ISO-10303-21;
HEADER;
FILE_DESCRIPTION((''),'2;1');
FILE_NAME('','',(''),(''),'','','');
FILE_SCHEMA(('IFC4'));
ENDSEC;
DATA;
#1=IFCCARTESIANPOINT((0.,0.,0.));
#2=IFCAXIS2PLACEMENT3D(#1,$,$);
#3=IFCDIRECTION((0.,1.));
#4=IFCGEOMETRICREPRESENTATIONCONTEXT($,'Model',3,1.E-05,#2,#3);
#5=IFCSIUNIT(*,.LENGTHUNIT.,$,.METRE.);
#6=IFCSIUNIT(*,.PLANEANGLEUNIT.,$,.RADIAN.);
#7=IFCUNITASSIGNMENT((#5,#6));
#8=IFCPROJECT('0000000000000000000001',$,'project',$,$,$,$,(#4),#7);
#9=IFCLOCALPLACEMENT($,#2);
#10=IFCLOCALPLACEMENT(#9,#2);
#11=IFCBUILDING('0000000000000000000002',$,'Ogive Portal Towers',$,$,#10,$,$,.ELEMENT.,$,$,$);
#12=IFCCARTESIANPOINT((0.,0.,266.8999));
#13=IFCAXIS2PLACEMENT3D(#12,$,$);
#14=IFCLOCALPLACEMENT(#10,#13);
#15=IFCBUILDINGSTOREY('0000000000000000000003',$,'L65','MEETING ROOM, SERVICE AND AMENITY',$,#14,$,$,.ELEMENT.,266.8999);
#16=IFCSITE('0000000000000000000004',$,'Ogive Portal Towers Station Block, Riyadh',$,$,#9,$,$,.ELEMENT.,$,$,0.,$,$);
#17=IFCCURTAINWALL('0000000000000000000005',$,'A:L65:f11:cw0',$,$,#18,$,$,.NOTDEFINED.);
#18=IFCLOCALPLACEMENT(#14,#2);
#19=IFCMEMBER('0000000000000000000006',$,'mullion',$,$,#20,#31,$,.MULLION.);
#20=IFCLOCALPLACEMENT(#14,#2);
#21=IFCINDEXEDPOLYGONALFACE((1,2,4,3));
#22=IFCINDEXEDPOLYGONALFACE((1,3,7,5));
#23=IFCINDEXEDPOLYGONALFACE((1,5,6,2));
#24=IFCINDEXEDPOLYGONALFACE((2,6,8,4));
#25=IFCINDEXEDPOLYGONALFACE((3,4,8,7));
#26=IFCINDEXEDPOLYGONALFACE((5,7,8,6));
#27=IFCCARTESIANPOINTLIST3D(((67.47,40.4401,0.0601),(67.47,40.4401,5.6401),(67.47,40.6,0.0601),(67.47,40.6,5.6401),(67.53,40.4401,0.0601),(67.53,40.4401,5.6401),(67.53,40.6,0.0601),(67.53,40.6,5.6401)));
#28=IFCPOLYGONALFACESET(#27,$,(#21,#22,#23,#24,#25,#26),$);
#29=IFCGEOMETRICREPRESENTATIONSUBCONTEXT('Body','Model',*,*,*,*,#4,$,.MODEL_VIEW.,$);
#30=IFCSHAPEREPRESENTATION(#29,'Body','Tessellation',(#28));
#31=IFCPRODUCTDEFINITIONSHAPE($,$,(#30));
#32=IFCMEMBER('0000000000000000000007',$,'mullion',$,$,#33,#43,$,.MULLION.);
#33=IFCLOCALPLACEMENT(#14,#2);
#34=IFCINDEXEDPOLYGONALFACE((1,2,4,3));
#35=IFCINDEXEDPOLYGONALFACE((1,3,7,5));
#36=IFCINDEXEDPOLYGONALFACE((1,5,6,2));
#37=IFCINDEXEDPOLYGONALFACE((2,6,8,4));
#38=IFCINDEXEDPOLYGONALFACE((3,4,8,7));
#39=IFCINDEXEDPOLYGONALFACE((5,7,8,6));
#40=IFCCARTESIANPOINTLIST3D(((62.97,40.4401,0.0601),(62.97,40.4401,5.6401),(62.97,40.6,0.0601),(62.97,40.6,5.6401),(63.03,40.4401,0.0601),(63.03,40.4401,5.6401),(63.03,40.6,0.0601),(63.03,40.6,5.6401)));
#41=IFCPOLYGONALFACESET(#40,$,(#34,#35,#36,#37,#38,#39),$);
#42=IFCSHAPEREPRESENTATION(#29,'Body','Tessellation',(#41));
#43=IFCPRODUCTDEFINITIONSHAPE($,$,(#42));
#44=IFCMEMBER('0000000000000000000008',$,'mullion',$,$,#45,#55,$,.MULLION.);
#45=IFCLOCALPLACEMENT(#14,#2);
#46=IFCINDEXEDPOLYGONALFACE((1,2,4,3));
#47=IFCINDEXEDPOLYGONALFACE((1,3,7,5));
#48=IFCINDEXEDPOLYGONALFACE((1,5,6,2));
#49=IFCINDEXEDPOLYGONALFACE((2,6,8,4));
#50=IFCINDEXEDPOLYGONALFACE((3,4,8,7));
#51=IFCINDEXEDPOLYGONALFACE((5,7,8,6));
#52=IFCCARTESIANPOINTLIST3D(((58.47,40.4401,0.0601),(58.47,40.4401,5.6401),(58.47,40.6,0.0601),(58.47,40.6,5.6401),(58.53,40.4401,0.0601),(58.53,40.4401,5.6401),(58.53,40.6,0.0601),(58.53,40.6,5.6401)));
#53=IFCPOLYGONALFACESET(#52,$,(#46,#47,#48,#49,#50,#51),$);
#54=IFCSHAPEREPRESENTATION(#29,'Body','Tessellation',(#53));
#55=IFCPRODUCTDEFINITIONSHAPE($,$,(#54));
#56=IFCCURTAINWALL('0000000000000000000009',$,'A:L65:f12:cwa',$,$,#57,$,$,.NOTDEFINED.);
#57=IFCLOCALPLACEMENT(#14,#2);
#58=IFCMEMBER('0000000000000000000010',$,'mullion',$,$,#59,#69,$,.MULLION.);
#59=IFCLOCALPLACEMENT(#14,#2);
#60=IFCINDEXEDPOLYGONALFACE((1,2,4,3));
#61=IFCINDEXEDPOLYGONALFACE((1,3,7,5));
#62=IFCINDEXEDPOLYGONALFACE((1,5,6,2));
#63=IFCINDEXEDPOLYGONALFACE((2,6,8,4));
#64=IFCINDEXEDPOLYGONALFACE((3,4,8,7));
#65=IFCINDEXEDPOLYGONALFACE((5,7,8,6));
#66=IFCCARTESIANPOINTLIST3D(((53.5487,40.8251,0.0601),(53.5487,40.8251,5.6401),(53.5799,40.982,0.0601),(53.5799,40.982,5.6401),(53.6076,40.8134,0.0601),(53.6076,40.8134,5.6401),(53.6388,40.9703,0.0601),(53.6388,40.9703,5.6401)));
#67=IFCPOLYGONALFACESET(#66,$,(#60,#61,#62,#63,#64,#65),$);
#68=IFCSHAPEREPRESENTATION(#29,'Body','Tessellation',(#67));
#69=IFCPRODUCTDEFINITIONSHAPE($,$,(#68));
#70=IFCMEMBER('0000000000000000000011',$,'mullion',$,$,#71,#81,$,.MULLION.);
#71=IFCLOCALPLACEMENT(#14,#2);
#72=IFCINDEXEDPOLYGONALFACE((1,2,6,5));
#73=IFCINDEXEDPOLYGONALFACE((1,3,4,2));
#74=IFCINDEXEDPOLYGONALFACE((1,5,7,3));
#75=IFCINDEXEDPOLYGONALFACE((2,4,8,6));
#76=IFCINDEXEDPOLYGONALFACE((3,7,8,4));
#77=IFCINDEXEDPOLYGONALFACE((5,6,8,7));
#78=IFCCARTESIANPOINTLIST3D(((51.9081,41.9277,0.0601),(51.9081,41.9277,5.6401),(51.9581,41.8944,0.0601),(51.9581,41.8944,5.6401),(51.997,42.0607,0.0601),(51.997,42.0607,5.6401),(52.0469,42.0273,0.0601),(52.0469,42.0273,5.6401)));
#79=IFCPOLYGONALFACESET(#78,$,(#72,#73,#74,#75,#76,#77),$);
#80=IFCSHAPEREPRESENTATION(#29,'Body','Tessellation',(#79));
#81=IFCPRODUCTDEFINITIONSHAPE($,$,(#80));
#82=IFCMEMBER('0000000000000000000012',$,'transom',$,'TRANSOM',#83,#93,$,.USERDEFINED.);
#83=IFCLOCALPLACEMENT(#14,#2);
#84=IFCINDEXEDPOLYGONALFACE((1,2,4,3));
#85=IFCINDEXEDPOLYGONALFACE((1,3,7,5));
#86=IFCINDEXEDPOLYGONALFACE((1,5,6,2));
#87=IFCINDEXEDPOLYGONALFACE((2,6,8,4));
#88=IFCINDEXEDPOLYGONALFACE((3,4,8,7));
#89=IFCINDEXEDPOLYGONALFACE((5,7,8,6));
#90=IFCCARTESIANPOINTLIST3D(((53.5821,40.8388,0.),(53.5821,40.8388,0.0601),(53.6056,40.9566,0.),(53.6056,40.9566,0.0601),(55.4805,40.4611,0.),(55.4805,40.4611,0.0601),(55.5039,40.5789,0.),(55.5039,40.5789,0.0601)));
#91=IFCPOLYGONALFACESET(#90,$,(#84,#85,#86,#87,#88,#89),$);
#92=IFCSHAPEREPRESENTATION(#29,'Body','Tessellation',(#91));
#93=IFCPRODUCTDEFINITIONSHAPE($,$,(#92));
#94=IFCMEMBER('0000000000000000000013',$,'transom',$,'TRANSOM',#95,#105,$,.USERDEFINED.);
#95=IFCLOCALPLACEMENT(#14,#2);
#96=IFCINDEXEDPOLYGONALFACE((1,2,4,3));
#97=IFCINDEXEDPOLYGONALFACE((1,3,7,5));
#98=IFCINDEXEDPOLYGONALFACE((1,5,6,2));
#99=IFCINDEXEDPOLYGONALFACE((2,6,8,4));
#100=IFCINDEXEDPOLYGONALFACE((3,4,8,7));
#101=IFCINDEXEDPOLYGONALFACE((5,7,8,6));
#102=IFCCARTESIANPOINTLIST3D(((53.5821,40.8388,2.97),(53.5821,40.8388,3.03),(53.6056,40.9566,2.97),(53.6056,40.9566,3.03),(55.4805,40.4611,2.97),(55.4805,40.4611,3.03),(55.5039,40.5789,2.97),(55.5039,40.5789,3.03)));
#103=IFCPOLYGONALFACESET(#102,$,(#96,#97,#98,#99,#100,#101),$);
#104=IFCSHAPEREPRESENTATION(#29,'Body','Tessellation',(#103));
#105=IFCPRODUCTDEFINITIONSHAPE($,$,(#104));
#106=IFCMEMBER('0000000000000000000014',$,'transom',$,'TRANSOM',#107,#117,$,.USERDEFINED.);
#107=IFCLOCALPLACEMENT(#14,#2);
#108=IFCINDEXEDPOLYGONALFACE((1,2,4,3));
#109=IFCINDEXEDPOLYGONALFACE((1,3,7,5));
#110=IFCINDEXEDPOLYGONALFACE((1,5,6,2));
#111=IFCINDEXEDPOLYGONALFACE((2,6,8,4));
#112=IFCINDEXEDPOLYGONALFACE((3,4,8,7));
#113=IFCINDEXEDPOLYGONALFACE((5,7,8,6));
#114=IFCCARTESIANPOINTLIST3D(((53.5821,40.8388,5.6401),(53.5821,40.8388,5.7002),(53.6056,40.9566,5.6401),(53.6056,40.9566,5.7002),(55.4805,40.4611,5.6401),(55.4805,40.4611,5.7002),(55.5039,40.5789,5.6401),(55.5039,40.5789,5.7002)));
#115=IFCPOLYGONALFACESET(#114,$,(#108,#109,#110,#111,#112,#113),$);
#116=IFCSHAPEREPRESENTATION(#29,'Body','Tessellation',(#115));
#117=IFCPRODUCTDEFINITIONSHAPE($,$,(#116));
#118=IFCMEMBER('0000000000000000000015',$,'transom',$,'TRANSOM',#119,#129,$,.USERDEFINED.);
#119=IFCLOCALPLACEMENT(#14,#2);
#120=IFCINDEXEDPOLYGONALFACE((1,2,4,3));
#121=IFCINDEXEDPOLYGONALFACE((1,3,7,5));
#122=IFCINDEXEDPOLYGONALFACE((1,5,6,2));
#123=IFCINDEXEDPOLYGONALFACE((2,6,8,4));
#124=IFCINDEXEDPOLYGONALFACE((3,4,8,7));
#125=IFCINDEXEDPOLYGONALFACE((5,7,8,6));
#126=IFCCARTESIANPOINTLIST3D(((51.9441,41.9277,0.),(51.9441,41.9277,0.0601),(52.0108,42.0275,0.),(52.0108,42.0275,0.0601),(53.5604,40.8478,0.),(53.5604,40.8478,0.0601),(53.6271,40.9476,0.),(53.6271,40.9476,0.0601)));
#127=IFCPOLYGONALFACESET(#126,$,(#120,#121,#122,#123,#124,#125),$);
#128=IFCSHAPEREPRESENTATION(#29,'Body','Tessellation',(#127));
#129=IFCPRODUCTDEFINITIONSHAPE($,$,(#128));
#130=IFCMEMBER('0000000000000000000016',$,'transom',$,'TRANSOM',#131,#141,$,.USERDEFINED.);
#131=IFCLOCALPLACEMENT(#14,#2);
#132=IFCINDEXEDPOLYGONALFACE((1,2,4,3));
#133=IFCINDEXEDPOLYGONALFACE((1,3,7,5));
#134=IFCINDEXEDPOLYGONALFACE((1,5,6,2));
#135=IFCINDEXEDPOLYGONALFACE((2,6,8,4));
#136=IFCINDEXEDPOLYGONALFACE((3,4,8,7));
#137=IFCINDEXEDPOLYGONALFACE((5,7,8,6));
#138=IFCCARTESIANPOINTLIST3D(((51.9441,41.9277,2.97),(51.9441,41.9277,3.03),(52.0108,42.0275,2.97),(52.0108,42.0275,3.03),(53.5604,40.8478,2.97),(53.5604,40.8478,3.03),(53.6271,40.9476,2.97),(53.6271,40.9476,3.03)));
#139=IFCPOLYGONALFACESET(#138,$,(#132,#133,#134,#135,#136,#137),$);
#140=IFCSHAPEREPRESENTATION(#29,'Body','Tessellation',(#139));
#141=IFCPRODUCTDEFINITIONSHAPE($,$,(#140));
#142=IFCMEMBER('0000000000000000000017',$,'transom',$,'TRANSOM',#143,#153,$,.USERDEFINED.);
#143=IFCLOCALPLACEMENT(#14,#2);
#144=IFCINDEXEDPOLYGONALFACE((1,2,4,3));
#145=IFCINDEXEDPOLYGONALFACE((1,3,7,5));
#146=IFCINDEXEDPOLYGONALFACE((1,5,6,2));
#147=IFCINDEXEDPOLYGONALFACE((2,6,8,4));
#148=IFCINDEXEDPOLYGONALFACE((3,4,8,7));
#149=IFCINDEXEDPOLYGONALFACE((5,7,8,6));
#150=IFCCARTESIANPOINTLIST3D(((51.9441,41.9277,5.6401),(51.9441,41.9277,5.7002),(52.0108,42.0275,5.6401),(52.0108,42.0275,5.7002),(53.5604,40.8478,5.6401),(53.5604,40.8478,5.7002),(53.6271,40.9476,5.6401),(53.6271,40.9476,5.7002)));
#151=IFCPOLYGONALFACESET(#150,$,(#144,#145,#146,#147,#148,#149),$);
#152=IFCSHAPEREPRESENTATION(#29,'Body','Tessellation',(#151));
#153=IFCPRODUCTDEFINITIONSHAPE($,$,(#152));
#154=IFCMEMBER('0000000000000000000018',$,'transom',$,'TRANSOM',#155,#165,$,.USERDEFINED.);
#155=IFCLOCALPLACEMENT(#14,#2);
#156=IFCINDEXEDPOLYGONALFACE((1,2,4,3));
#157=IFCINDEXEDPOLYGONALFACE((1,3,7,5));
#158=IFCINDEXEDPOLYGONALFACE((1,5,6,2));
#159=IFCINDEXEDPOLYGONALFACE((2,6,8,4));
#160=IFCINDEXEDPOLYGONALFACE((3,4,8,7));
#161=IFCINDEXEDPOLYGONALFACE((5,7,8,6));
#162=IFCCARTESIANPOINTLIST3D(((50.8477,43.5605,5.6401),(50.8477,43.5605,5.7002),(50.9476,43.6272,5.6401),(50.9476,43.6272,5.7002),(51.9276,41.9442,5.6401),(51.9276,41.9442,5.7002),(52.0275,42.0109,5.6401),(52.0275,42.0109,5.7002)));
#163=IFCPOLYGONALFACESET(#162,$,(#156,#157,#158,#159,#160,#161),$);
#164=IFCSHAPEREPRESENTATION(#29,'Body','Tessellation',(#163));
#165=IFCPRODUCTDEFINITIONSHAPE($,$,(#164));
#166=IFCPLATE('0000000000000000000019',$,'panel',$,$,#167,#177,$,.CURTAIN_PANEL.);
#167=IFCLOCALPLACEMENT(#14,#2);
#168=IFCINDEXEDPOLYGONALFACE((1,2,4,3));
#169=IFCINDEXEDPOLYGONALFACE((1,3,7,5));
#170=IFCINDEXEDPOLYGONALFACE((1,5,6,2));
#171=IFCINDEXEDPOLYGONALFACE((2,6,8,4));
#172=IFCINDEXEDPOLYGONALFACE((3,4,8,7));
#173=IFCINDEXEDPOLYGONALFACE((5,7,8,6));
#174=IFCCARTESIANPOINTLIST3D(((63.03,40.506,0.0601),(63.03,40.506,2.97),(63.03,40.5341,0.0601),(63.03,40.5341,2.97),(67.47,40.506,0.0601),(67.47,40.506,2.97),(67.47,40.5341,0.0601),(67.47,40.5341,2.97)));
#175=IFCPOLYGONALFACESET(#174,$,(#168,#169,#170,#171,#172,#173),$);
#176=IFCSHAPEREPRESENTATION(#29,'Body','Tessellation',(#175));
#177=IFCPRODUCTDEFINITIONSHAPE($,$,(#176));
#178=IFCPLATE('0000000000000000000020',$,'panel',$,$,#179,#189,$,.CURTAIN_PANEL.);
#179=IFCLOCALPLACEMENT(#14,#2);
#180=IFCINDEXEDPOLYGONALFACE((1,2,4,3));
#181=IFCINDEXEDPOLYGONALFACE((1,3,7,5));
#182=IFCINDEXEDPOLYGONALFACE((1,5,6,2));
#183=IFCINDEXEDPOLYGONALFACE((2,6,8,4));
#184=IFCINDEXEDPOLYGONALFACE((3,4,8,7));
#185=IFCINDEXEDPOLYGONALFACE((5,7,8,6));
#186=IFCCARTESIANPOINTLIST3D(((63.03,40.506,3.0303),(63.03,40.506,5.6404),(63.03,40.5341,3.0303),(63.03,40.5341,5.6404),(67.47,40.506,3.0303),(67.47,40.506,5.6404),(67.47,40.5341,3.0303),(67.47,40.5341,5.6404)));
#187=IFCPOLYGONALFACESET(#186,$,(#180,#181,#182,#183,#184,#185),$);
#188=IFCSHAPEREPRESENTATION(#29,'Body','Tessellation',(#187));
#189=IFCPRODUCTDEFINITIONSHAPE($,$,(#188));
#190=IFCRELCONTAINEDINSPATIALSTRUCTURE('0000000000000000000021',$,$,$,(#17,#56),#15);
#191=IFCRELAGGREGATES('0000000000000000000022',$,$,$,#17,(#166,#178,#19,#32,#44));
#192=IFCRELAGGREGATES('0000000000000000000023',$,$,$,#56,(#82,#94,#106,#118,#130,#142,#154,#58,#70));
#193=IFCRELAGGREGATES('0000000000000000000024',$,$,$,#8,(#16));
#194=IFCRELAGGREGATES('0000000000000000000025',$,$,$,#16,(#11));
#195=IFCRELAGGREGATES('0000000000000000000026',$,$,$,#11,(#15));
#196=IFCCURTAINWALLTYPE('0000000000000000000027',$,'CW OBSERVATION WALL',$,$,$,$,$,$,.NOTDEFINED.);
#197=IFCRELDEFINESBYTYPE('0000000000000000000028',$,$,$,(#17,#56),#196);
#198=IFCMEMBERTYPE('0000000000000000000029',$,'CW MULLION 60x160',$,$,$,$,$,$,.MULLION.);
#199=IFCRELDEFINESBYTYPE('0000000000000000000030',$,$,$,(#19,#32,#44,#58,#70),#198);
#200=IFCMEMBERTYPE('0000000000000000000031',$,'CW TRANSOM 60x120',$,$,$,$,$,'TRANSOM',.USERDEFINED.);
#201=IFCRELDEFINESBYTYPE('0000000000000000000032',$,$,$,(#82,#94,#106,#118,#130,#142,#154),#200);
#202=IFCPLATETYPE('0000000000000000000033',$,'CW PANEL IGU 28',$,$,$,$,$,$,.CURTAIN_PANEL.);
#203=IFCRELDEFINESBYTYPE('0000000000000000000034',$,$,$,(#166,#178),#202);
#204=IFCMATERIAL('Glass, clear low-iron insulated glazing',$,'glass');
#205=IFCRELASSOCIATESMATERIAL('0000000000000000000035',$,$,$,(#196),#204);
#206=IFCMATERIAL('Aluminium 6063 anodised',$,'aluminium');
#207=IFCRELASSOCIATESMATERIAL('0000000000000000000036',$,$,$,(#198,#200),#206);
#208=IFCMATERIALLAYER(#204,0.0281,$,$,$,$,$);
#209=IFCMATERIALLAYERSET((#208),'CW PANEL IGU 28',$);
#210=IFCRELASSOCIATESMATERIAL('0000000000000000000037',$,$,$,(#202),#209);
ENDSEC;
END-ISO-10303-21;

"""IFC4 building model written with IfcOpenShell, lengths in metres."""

from ifc_helpers import new_model, si_unit, direction, frame, origin, origin_2d, place, context, subcontext, project, spatial, rectangle, extrude, material, layer, layer_set, material_profile, profile_set, type_object, element, aggregate, save


model = new_model("IFC4")

# Units and contexts
model_context = context("Model", 3, precision=1e-05, world=origin(), true_north=direction((0.0, 1.0)))
body_context = subcontext(model_context, "Body", "Model", "MODEL_VIEW")
ifc_project = project(units=[si_unit("LENGTHUNIT", "METRE"), si_unit("PLANEANGLEUNIT", "RADIAN")], contexts=[model_context])

# Site, building, storey
site_placement = place(None, origin())
site = spatial("IfcSite", under=ifc_project, at=site_placement, Name="Ogive Portal Towers Station Block, Riyadh", CompositionType="ELEMENT", RefElevation=0.0)
building_placement = place(site_placement, origin())
building = spatial("IfcBuilding", under=site, at=building_placement, Name="Ogive Portal Towers", CompositionType="ELEMENT")
storey_placement = place(building_placement, frame((0.0, 0.0, 266.8999)))
storey = spatial("IfcBuildingStorey", under=building, at=storey_placement, Name="L65", Description="MEETING ROOM, SERVICE AND AMENITY", CompositionType="ELEMENT", Elevation=266.8999)

# Curtain walls, members
ifc_material_1 = material(Name="Glass, clear low-iron insulated glazing", Category="glass")
curtain_wall_type = type_object("IfcCurtainWallType", Name="CW OBSERVATION WALL", PredefinedType="NOTDEFINED", material=ifc_material_1)
curtain_wall_1_placement = place(storey_placement, origin())
curtain_wall_1 = element("IfcCurtainWall", 1, at=curtain_wall_1_placement, inside=storey, type_object=curtain_wall_type, Name="A:L65:f11:cw0", PredefinedType="NOTDEFINED")
ifc_material_2 = material(Name="Aluminium 6063 anodised", Category="aluminium")
ifc_material_profile_1 = material_profile(ifc_material_2, rectangle(XDim=0.1599, YDim=0.0601, at=origin_2d()), Name="AL 60x160")
ifc_profile_set_1 = profile_set([ifc_material_profile_1], Name="Aluminium 6063 anodised")
member_type_1 = type_object("IfcMemberType", Name="CW MULLION 60x160", PredefinedType="MULLION", material=ifc_profile_set_1)
member_1_placement = place(storey_placement, frame((67.5, 40.52, 0.0601), z_axis=(0.0, 0.0, 1.0), x_axis=(0.0, -1.0, 0.0)))
member_1 = element("IfcMember", 2, at=member_1_placement, type_object=member_type_1, Name="mullion", PredefinedType="MULLION", context=body_context, shape_type="SweptSolid", body=[
    extrude(rectangle(XDim=0.1599, YDim=0.0601, at=origin_2d()), origin(), (0.0, 0.0, 1.0), 5.5801),
])
member_2_placement = place(storey_placement, frame((63.0, 40.52, 0.0601), z_axis=(0.0, 0.0, 1.0), x_axis=(0.0, -1.0, 0.0)))
member_2 = element("IfcMember", 3, at=member_2_placement, type_object=member_type_1, Name="mullion", PredefinedType="MULLION", context=body_context, shape_type="SweptSolid", body=[
    extrude(rectangle(XDim=0.1599, YDim=0.0601, at=origin_2d()), origin(), (0.0, 0.0, 1.0), 5.5801),
])
member_3_placement = place(storey_placement, frame((58.5, 40.52, 0.0601), z_axis=(0.0, 0.0, 1.0), x_axis=(0.0, -1.0, 0.0)))
member_3 = element("IfcMember", 4, at=member_3_placement, type_object=member_type_1, Name="mullion", PredefinedType="MULLION", context=body_context, shape_type="SweptSolid", body=[
    extrude(rectangle(XDim=0.1599, YDim=0.0601, at=origin_2d()), origin(), (0.0, 0.0, 1.0), 5.5801),
])
curtain_wall_2_placement = place(storey_placement, origin())
curtain_wall_2 = element("IfcCurtainWall", 5, at=curtain_wall_2_placement, inside=storey, type_object=curtain_wall_type, Name="A:L65:f12:cwa", PredefinedType="NOTDEFINED")
member_4_placement = place(storey_placement, frame((53.5938, 40.8977, 0.0601), z_axis=(0.0, 0.0, 1.0), x_axis=(-0.19509, -0.980785, 0.0)))
member_4 = element("IfcMember", 6, at=member_4_placement, type_object=member_type_1, Name="mullion", PredefinedType="MULLION", context=body_context, shape_type="SweptSolid", body=[
    extrude(rectangle(XDim=0.1599, YDim=0.0601, at=origin_2d()), origin(), (0.0, 0.0, 1.0), 5.5801),
])
member_5_placement = place(storey_placement, frame((51.9775, 41.9775, 0.0601), z_axis=(0.0, 0.0, 1.0), x_axis=(-0.55557, -0.83147, 0.0)))
member_5 = element("IfcMember", 7, at=member_5_placement, type_object=member_type_1, Name="mullion", PredefinedType="MULLION", context=body_context, shape_type="SweptSolid", body=[
    extrude(rectangle(XDim=0.1599, YDim=0.0601, at=origin_2d()), origin(), (0.0, 0.0, 1.0), 5.5801),
])
ifc_material_profile_2 = material_profile(ifc_material_2, rectangle(XDim=0.1201, YDim=0.0601, at=origin_2d()), Name="AL 120x60")
ifc_profile_set_2 = profile_set([ifc_material_profile_2], Name="Aluminium 6063 anodised")
member_type_2 = type_object("IfcMemberType", Name="CW TRANSOM 60x120", ElementType="TRANSOM", PredefinedType="USERDEFINED", material=ifc_profile_set_2)
member_6_placement = place(storey_placement, frame((55.4922, 40.52, 0.03), z_axis=(-0.980779, 0.195122, 0.0), x_axis=(-0.195122, -0.980779, 0.0)))
member_6 = element("IfcMember", 8, at=member_6_placement, type_object=member_type_2, Name="transom", ObjectType="TRANSOM", PredefinedType="USERDEFINED", context=body_context, shape_type="SweptSolid", body=[
    extrude(rectangle(XDim=0.1201, YDim=0.0601, at=origin_2d()), origin(), (0.0, 0.0, 1.0), 1.9355),
])
member_7_placement = place(storey_placement, frame((55.4922, 40.52, 3.0), z_axis=(-0.980779, 0.195122, 0.0), x_axis=(-0.195122, -0.980779, 0.0)))
member_7 = element("IfcMember", 9, at=member_7_placement, type_object=member_type_2, Name="transom", ObjectType="TRANSOM", PredefinedType="USERDEFINED", context=body_context, shape_type="SweptSolid", body=[
    extrude(rectangle(XDim=0.1201, YDim=0.0601, at=origin_2d()), origin(), (0.0, 0.0, 1.0), 1.9355),
])
member_8_placement = place(storey_placement, frame((55.4922, 40.52, 5.6702), z_axis=(-0.980779, 0.195122, 0.0), x_axis=(-0.195122, -0.980779, 0.0)))
member_8 = element("IfcMember", 10, at=member_8_placement, type_object=member_type_2, Name="transom", ObjectType="TRANSOM", PredefinedType="USERDEFINED", context=body_context, shape_type="SweptSolid", body=[
    extrude(rectangle(XDim=0.1201, YDim=0.0601, at=origin_2d()), origin(), (0.0, 0.0, 1.0), 1.9355),
])
member_9_placement = place(storey_placement, frame((53.5938, 40.8977, 0.03), z_axis=(-0.831489, 0.55554, 0.0), x_axis=(-0.55554, -0.831489, 0.0)))
member_9 = element("IfcMember", 11, at=member_9_placement, type_object=member_type_2, Name="transom", ObjectType="TRANSOM", PredefinedType="USERDEFINED", context=body_context, shape_type="SweptSolid", body=[
    extrude(rectangle(XDim=0.1201, YDim=0.0601, at=origin_2d()), origin(), (0.0, 0.0, 1.0), 1.9438),
])
member_10_placement = place(storey_placement, frame((53.5938, 40.8977, 3.0), z_axis=(-0.831489, 0.55554, 0.0), x_axis=(-0.55554, -0.831489, 0.0)))
member_10 = element("IfcMember", 12, at=member_10_placement, type_object=member_type_2, Name="transom", ObjectType="TRANSOM", PredefinedType="USERDEFINED", context=body_context, shape_type="SweptSolid", body=[
    extrude(rectangle(XDim=0.1201, YDim=0.0601, at=origin_2d()), origin(), (0.0, 0.0, 1.0), 1.9438),
])
member_11_placement = place(storey_placement, frame((53.5938, 40.8977, 5.6702), z_axis=(-0.831489, 0.55554, 0.0), x_axis=(-0.55554, -0.831489, 0.0)))
member_11 = element("IfcMember", 13, at=member_11_placement, type_object=member_type_2, Name="transom", ObjectType="TRANSOM", PredefinedType="USERDEFINED", context=body_context, shape_type="SweptSolid", body=[
    extrude(rectangle(XDim=0.1201, YDim=0.0601, at=origin_2d()), origin(), (0.0, 0.0, 1.0), 1.9438),
])
member_12_placement = place(storey_placement, frame((51.9775, 41.9775, 5.6702), z_axis=(-0.55554, 0.831489, 0.0), x_axis=(-0.831489, -0.55554, 0.0)))
member_12 = element("IfcMember", 14, at=member_12_placement, type_object=member_type_2, Name="transom", ObjectType="TRANSOM", PredefinedType="USERDEFINED", context=body_context, shape_type="SweptSolid", body=[
    extrude(rectangle(XDim=0.1201, YDim=0.0601, at=origin_2d()), origin(), (0.0, 0.0, 1.0), 1.9438),
])

# Plates
ifc_layer = layer(ifc_material_1, 0.0281)
ifc_layer_set = layer_set([ifc_layer], Name="CW PANEL IGU 28")
plate_type = type_object("IfcPlateType", Name="CW PANEL IGU 28", PredefinedType="CURTAIN_PANEL", material=ifc_layer_set)
plate_1_placement = place(storey_placement, frame((65.25, 40.52, 0.0601), z_axis=(0.0, 0.0, 1.0), x_axis=(-1.0, 0.0, 0.0)))
plate_1 = element("IfcPlate", 15, at=plate_1_placement, type_object=plate_type, Name="panel", PredefinedType="CURTAIN_PANEL", context=body_context, shape_type="SweptSolid", body=[
    extrude(rectangle(XDim=4.4399, YDim=0.0281, at=origin_2d()), origin(), (0.0, 0.0, 1.0), 2.9099),
])
plate_2_placement = place(storey_placement, frame((65.25, 40.52, 3.0303), z_axis=(0.0, 0.0, 1.0), x_axis=(-1.0, 0.0, 0.0)))
plate_2 = element("IfcPlate", 16, at=plate_2_placement, type_object=plate_type, Name="panel", PredefinedType="CURTAIN_PANEL", context=body_context, shape_type="SweptSolid", body=[
    extrude(rectangle(XDim=4.4399, YDim=0.0281, at=origin_2d()), origin(), (0.0, 0.0, 1.0), 2.6101),
])
aggregate(curtain_wall_1, [plate_1, plate_2, member_1, member_2, member_3])
aggregate(curtain_wall_2, [member_6, member_7, member_8, member_9, member_10, member_11, member_12, member_4, member_5])

save(model, "model.ifc")
